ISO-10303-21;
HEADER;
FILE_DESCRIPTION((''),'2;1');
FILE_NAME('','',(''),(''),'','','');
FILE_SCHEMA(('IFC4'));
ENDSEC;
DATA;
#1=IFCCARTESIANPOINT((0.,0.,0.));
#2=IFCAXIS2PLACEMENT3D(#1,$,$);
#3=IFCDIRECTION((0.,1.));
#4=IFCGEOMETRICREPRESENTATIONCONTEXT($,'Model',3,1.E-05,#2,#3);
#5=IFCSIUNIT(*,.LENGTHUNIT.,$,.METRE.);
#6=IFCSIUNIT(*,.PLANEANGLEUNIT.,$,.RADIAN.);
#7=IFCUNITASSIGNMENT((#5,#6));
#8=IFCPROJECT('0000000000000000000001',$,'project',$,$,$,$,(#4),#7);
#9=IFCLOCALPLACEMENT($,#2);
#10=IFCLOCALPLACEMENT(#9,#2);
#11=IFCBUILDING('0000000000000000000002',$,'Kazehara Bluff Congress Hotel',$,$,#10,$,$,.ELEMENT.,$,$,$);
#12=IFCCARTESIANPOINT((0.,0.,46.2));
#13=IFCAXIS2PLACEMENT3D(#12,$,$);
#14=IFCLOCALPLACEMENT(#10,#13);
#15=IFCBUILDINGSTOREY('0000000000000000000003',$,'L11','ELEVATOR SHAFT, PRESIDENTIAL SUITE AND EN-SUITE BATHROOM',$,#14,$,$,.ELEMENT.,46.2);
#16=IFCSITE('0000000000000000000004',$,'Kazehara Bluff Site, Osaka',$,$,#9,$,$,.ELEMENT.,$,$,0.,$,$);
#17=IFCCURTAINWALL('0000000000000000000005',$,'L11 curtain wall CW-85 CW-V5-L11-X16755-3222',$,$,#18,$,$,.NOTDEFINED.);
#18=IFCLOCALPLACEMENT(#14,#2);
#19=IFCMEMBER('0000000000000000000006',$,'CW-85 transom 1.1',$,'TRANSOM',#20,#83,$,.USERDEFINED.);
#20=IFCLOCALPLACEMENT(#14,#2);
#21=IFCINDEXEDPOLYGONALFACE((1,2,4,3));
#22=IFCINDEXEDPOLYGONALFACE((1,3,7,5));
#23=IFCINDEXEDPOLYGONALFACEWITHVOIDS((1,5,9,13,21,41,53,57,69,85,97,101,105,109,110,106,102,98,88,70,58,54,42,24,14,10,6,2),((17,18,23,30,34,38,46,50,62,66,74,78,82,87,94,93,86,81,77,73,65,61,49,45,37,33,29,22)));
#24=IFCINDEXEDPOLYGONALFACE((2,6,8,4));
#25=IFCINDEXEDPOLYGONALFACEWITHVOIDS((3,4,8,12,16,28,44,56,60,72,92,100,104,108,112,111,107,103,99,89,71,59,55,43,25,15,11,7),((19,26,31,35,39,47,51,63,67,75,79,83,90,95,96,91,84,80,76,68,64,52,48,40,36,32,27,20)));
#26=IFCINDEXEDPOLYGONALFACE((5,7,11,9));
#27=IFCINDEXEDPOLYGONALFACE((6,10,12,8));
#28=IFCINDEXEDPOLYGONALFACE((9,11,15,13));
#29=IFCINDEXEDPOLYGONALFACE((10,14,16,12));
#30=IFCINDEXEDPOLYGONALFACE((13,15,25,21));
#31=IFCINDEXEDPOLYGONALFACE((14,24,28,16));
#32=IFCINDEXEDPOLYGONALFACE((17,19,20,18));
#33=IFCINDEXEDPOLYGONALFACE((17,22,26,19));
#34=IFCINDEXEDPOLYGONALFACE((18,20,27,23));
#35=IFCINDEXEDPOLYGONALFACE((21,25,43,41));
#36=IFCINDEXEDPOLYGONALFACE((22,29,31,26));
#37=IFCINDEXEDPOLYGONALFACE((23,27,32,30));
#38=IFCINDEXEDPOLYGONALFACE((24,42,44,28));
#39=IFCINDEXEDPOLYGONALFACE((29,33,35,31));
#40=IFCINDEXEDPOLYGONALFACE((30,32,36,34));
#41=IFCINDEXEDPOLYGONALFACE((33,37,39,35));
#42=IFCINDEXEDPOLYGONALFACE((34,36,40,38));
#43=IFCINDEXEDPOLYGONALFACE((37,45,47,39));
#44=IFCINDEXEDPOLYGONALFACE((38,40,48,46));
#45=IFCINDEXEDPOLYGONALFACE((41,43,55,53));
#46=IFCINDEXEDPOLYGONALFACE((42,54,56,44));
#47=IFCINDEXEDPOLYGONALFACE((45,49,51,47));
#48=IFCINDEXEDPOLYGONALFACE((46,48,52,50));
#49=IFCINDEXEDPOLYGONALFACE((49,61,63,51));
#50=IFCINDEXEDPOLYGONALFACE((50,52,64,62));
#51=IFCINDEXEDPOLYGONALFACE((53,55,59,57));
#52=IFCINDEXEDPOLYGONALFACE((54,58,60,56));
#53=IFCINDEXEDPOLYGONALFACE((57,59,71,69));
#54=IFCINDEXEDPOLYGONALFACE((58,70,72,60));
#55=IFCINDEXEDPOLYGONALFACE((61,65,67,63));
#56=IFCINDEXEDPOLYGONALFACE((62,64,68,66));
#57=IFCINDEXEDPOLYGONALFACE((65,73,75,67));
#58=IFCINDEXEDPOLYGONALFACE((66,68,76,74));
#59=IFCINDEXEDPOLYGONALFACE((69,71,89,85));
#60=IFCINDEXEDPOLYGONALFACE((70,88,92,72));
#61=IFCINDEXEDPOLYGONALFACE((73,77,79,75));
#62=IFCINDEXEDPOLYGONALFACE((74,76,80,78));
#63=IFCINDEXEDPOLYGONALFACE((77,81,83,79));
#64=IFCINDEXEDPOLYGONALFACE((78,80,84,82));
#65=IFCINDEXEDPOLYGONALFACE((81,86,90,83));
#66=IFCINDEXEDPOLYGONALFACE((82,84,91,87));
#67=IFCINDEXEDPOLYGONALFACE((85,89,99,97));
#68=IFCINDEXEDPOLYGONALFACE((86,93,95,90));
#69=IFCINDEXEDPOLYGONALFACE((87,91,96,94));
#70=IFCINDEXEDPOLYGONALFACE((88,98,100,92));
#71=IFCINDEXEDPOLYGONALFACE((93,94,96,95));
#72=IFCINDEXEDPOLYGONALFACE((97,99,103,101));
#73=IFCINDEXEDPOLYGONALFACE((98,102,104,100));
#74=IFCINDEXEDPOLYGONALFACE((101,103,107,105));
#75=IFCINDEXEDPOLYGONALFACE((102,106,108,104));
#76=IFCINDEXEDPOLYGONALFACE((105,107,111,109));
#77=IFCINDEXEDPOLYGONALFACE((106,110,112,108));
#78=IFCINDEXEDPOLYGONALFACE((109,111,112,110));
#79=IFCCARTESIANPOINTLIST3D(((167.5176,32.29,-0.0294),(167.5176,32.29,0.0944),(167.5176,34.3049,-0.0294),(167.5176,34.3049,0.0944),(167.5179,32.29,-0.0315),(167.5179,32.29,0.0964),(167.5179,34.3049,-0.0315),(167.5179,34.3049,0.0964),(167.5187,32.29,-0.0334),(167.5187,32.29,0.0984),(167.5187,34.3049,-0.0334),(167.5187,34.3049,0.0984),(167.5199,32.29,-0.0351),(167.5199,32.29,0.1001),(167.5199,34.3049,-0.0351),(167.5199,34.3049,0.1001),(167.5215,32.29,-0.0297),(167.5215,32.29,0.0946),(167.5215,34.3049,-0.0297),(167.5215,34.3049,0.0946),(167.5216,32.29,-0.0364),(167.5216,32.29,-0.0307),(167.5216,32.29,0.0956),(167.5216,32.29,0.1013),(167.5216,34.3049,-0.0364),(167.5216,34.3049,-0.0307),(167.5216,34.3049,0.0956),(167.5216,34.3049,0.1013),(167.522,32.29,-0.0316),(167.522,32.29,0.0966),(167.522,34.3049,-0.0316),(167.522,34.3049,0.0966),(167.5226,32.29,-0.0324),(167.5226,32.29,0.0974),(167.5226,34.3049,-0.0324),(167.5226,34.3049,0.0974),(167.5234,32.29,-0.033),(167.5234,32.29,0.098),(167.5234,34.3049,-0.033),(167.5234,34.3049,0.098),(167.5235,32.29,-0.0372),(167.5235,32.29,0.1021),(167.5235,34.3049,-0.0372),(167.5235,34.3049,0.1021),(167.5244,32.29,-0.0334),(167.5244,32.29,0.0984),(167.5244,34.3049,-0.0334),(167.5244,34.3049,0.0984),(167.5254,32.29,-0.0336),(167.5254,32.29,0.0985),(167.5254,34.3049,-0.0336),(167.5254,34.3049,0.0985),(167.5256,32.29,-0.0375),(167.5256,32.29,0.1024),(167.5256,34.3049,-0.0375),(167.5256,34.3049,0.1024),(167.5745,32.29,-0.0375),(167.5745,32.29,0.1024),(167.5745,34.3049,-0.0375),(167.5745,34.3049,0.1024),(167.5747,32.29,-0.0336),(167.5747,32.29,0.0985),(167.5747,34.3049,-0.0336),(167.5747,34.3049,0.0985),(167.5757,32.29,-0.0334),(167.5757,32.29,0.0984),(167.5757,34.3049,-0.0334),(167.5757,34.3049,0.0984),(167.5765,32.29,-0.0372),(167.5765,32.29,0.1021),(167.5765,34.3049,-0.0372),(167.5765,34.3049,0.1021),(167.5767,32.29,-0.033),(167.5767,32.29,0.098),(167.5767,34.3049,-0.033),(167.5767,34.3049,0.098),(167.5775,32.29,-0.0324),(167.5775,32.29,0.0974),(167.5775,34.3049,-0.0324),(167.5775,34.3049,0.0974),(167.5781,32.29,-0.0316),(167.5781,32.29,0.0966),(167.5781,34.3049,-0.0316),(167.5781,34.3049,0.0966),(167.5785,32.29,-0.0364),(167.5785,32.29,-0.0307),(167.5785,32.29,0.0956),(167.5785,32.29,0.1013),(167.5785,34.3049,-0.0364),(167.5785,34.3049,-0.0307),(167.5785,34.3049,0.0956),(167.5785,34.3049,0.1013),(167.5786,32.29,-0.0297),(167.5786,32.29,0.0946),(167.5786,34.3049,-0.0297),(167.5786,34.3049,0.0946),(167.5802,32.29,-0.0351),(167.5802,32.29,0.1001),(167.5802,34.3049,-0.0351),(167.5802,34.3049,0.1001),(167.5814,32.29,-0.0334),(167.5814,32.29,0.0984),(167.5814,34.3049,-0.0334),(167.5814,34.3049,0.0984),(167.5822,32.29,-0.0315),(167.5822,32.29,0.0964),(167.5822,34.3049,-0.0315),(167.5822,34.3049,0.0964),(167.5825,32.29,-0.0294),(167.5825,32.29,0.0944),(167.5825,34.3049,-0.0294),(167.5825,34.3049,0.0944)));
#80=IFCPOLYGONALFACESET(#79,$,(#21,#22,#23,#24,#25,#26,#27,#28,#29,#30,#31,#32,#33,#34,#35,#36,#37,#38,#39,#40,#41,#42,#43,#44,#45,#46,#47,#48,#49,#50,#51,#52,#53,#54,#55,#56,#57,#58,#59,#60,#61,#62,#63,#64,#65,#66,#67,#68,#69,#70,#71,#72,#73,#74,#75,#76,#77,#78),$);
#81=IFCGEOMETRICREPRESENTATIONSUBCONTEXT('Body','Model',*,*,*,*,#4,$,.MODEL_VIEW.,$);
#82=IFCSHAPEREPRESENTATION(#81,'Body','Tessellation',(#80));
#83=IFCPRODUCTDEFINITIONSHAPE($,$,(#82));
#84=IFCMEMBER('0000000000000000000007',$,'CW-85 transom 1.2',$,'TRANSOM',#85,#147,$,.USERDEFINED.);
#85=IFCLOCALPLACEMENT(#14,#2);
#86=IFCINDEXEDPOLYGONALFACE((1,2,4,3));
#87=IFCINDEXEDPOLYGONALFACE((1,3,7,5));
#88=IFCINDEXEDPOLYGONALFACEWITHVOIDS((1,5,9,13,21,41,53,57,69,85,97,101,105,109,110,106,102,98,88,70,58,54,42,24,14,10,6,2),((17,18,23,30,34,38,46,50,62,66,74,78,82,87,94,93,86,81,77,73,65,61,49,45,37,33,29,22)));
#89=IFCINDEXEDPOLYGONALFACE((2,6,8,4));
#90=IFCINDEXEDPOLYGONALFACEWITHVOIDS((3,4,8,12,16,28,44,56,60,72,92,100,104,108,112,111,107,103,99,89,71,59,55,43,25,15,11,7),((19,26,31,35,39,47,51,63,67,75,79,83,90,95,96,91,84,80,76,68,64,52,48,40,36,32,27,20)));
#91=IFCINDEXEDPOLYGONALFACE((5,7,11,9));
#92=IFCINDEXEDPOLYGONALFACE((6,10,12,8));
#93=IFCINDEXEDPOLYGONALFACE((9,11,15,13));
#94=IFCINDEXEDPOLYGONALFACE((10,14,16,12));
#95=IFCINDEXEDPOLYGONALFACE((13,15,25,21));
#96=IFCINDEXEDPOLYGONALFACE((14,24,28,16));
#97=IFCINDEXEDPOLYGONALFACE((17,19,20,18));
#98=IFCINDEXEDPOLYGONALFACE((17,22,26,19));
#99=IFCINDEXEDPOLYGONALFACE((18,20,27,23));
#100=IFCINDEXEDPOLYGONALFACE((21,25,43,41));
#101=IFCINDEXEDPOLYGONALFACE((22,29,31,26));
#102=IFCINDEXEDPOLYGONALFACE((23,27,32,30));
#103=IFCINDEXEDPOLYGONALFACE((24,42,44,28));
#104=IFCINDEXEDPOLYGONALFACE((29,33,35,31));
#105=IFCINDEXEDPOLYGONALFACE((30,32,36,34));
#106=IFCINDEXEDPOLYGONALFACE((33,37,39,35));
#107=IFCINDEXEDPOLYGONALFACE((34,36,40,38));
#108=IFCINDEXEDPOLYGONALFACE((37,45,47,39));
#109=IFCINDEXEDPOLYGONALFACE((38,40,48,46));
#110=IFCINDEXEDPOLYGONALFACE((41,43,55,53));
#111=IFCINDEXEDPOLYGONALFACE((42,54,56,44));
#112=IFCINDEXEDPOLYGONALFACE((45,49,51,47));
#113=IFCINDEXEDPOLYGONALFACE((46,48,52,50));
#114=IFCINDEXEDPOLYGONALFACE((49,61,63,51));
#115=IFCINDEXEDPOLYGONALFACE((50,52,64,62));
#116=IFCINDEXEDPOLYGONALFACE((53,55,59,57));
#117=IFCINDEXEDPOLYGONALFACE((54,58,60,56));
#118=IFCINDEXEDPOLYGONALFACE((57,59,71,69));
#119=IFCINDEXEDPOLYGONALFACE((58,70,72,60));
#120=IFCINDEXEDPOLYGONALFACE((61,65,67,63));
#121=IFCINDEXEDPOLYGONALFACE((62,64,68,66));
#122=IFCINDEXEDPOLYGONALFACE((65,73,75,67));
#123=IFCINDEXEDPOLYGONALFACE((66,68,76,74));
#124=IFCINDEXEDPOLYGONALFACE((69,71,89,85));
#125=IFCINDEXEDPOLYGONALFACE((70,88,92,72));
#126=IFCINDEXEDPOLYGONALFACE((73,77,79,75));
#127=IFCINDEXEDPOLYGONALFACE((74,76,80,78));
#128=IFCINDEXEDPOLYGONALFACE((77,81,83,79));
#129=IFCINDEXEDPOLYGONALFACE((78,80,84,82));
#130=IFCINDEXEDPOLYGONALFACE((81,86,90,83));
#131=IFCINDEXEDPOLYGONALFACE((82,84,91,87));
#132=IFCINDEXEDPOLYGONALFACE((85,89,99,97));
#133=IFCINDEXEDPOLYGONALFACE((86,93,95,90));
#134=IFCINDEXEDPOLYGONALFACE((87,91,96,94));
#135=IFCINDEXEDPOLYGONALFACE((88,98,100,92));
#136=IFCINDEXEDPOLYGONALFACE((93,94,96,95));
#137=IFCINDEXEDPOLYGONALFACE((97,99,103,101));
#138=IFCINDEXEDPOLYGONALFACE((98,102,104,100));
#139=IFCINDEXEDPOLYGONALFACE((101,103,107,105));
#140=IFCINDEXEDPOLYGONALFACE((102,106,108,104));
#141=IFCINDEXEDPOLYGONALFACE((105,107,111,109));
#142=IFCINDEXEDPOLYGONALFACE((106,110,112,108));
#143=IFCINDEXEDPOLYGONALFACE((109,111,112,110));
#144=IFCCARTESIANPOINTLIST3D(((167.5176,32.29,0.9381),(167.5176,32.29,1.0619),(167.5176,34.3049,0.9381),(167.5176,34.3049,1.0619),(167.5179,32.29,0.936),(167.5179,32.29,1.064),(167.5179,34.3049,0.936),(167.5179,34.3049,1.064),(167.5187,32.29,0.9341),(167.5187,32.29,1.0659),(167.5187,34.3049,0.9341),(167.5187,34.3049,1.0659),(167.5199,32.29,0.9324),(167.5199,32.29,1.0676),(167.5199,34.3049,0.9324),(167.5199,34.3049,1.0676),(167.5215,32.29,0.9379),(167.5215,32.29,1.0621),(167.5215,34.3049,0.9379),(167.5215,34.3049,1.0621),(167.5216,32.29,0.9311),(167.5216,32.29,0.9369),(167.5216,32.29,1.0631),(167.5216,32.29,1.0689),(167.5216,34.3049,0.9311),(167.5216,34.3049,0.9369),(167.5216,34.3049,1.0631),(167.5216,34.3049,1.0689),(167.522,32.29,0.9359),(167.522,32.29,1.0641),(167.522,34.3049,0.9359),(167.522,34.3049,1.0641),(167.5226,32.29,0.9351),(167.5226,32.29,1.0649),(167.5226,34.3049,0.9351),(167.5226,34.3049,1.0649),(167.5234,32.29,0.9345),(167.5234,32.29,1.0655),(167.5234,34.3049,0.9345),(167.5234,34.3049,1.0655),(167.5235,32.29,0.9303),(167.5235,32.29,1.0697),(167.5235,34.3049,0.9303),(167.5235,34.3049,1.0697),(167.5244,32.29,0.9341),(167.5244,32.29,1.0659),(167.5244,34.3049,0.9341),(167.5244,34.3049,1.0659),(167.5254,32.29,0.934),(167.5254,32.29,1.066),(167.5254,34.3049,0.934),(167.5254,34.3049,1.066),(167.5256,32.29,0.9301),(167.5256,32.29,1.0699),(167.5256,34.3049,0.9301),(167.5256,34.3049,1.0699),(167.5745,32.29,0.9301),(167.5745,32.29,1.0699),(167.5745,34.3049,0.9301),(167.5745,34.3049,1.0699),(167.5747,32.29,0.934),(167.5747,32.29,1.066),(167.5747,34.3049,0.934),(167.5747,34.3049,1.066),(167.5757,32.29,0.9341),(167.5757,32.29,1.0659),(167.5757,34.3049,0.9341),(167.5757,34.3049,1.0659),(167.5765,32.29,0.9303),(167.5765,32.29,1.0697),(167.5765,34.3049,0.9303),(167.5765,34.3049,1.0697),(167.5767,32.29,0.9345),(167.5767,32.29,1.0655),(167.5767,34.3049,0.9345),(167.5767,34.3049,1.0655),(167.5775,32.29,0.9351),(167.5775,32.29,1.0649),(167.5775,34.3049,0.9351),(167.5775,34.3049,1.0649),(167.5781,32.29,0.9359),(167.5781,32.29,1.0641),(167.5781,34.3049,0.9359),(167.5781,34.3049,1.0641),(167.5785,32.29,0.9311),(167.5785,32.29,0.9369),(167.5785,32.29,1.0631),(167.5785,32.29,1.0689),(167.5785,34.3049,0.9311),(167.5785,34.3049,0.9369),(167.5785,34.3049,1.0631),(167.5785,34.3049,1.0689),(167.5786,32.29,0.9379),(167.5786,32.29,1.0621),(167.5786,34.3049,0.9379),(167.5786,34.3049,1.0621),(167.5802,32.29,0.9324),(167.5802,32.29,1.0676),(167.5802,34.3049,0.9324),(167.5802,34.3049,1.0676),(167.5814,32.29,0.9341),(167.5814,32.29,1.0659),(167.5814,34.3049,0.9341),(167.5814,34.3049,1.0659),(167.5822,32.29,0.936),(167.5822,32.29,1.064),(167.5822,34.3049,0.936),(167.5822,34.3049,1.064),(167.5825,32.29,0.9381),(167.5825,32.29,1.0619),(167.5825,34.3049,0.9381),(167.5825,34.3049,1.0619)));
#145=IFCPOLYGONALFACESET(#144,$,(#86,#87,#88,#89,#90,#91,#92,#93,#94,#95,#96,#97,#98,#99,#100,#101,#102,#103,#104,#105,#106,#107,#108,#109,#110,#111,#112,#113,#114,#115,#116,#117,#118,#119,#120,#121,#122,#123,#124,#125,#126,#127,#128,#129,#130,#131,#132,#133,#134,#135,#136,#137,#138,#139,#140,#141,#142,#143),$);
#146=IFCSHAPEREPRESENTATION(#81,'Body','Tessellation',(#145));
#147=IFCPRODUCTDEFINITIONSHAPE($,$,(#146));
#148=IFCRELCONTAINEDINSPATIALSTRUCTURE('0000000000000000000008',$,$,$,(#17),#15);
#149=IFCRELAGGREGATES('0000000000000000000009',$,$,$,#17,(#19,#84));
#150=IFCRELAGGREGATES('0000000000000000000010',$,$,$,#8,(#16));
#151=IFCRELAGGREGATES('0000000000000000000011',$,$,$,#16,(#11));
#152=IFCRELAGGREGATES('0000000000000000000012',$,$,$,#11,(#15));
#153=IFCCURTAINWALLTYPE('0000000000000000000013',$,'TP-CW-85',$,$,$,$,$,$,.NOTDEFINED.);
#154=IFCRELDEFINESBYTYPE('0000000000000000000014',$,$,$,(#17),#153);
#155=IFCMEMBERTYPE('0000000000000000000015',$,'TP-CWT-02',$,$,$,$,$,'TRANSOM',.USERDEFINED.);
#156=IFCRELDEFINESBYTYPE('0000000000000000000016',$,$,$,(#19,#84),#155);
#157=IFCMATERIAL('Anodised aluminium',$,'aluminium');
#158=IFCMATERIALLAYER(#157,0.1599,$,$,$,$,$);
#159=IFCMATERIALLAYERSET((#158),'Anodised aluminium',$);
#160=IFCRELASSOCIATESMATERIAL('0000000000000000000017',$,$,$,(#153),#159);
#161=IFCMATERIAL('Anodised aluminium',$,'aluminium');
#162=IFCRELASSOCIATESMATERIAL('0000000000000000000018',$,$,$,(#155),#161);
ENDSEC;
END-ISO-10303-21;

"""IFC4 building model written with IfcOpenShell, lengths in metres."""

from ifc_helpers import new_model, si_unit, direction, frame, origin, origin_2d, place, context, subcontext, project, spatial, hollow_rectangle, extrude, material, layer, layer_set, material_profile, profile_set, type_object, element, aggregate, save


model = new_model("IFC4")

# Units and contexts
model_context = context("Model", 3, precision=1e-05, world=origin(), true_north=direction((0.0, 1.0)))
body_context = subcontext(model_context, "Body", "Model", "MODEL_VIEW")
ifc_project = project(units=[si_unit("LENGTHUNIT", "METRE"), si_unit("PLANEANGLEUNIT", "RADIAN")], contexts=[model_context])

# Site, building, storey
site_placement = place(None, origin())
site = spatial("IfcSite", under=ifc_project, at=site_placement, Name="Kazehara Bluff Site, Osaka", CompositionType="ELEMENT", RefElevation=0.0)
building_placement = place(site_placement, origin())
building = spatial("IfcBuilding", under=site, at=building_placement, Name="Kazehara Bluff Congress Hotel", CompositionType="ELEMENT")
storey_placement = place(building_placement, frame((0.0, 0.0, 46.2)))
storey = spatial("IfcBuildingStorey", under=building, at=storey_placement, Name="L11", Description="ELEVATOR SHAFT, PRESIDENTIAL SUITE AND EN-SUITE BATHROOM", CompositionType="ELEMENT", Elevation=46.2)

# Curtain wall
ifc_material_1 = material(Name="Anodised aluminium", Category="aluminium")
ifc_layer_1 = layer(ifc_material_1, 0.1599)
ifc_layer_set_1 = layer_set([ifc_layer_1], Name="Anodised aluminium")
curtain_wall_type_1 = type_object("IfcCurtainWallType", Name="TP-CW-85", PredefinedType="NOTDEFINED", material=ifc_layer_set_1)
curtain_wall_1_placement = place(storey_placement, origin())
curtain_wall_1 = element("IfcCurtainWall", 1, at=curtain_wall_1_placement, inside=storey, type_object=curtain_wall_type_1, Name="L11 curtain wall CW-85 CW-V5-L11-X16755-3222", PredefinedType="NOTDEFINED")

# Members
ifc_material_2 = material(Name="Anodised aluminium", Category="aluminium")
ifc_material_profile_1 = material_profile(ifc_material_2, hollow_rectangle(XDim=0.0649, YDim=0.1399, WallThickness=0.0039, InnerFilletRadius=0.0039, OuterFilletRadius=0.0081, at=origin_2d()))
ifc_profile_set_1 = profile_set([ifc_material_profile_1], Name="Anodised aluminium")
member_type_1 = type_object("IfcMemberType", Name="TP-CWT-02", ElementType="TRANSOM", PredefinedType="USERDEFINED", material=ifc_profile_set_1)
member_1_placement = place(storey_placement, frame((167.55, 32.29, 0.0325), z_axis=(0.0, 1.0, 0.0), x_axis=(-1.0, 0.0, 0.0)))
member_1 = element("IfcMember", 2, at=member_1_placement, type_object=member_type_1, Name="CW-85 transom 1.1", ObjectType="TRANSOM", PredefinedType="USERDEFINED", context=body_context, shape_type="SweptSolid", body=[
    extrude(hollow_rectangle(XDim=0.0649, YDim=0.1399, WallThickness=0.0039, InnerFilletRadius=0.0039, OuterFilletRadius=0.0081, at=origin_2d()), origin(), (0.0, 0.0, 1.0), 2.0149),
])
member_2_placement = place(storey_placement, frame((167.55, 32.29, 1.0), z_axis=(0.0, 1.0, 0.0), x_axis=(-1.0, 0.0, 0.0)))
member_2 = element("IfcMember", 3, at=member_2_placement, type_object=member_type_1, Name="CW-85 transom 1.2", ObjectType="TRANSOM", PredefinedType="USERDEFINED", context=body_context, shape_type="SweptSolid", body=[
    extrude(hollow_rectangle(XDim=0.0649, YDim=0.1399, WallThickness=0.0039, InnerFilletRadius=0.0039, OuterFilletRadius=0.0081, at=origin_2d()), origin(), (0.0, 0.0, 1.0), 2.0149),
])

aggregate(curtain_wall_1, [member_1, member_2])

save(model, "model.ifc")
